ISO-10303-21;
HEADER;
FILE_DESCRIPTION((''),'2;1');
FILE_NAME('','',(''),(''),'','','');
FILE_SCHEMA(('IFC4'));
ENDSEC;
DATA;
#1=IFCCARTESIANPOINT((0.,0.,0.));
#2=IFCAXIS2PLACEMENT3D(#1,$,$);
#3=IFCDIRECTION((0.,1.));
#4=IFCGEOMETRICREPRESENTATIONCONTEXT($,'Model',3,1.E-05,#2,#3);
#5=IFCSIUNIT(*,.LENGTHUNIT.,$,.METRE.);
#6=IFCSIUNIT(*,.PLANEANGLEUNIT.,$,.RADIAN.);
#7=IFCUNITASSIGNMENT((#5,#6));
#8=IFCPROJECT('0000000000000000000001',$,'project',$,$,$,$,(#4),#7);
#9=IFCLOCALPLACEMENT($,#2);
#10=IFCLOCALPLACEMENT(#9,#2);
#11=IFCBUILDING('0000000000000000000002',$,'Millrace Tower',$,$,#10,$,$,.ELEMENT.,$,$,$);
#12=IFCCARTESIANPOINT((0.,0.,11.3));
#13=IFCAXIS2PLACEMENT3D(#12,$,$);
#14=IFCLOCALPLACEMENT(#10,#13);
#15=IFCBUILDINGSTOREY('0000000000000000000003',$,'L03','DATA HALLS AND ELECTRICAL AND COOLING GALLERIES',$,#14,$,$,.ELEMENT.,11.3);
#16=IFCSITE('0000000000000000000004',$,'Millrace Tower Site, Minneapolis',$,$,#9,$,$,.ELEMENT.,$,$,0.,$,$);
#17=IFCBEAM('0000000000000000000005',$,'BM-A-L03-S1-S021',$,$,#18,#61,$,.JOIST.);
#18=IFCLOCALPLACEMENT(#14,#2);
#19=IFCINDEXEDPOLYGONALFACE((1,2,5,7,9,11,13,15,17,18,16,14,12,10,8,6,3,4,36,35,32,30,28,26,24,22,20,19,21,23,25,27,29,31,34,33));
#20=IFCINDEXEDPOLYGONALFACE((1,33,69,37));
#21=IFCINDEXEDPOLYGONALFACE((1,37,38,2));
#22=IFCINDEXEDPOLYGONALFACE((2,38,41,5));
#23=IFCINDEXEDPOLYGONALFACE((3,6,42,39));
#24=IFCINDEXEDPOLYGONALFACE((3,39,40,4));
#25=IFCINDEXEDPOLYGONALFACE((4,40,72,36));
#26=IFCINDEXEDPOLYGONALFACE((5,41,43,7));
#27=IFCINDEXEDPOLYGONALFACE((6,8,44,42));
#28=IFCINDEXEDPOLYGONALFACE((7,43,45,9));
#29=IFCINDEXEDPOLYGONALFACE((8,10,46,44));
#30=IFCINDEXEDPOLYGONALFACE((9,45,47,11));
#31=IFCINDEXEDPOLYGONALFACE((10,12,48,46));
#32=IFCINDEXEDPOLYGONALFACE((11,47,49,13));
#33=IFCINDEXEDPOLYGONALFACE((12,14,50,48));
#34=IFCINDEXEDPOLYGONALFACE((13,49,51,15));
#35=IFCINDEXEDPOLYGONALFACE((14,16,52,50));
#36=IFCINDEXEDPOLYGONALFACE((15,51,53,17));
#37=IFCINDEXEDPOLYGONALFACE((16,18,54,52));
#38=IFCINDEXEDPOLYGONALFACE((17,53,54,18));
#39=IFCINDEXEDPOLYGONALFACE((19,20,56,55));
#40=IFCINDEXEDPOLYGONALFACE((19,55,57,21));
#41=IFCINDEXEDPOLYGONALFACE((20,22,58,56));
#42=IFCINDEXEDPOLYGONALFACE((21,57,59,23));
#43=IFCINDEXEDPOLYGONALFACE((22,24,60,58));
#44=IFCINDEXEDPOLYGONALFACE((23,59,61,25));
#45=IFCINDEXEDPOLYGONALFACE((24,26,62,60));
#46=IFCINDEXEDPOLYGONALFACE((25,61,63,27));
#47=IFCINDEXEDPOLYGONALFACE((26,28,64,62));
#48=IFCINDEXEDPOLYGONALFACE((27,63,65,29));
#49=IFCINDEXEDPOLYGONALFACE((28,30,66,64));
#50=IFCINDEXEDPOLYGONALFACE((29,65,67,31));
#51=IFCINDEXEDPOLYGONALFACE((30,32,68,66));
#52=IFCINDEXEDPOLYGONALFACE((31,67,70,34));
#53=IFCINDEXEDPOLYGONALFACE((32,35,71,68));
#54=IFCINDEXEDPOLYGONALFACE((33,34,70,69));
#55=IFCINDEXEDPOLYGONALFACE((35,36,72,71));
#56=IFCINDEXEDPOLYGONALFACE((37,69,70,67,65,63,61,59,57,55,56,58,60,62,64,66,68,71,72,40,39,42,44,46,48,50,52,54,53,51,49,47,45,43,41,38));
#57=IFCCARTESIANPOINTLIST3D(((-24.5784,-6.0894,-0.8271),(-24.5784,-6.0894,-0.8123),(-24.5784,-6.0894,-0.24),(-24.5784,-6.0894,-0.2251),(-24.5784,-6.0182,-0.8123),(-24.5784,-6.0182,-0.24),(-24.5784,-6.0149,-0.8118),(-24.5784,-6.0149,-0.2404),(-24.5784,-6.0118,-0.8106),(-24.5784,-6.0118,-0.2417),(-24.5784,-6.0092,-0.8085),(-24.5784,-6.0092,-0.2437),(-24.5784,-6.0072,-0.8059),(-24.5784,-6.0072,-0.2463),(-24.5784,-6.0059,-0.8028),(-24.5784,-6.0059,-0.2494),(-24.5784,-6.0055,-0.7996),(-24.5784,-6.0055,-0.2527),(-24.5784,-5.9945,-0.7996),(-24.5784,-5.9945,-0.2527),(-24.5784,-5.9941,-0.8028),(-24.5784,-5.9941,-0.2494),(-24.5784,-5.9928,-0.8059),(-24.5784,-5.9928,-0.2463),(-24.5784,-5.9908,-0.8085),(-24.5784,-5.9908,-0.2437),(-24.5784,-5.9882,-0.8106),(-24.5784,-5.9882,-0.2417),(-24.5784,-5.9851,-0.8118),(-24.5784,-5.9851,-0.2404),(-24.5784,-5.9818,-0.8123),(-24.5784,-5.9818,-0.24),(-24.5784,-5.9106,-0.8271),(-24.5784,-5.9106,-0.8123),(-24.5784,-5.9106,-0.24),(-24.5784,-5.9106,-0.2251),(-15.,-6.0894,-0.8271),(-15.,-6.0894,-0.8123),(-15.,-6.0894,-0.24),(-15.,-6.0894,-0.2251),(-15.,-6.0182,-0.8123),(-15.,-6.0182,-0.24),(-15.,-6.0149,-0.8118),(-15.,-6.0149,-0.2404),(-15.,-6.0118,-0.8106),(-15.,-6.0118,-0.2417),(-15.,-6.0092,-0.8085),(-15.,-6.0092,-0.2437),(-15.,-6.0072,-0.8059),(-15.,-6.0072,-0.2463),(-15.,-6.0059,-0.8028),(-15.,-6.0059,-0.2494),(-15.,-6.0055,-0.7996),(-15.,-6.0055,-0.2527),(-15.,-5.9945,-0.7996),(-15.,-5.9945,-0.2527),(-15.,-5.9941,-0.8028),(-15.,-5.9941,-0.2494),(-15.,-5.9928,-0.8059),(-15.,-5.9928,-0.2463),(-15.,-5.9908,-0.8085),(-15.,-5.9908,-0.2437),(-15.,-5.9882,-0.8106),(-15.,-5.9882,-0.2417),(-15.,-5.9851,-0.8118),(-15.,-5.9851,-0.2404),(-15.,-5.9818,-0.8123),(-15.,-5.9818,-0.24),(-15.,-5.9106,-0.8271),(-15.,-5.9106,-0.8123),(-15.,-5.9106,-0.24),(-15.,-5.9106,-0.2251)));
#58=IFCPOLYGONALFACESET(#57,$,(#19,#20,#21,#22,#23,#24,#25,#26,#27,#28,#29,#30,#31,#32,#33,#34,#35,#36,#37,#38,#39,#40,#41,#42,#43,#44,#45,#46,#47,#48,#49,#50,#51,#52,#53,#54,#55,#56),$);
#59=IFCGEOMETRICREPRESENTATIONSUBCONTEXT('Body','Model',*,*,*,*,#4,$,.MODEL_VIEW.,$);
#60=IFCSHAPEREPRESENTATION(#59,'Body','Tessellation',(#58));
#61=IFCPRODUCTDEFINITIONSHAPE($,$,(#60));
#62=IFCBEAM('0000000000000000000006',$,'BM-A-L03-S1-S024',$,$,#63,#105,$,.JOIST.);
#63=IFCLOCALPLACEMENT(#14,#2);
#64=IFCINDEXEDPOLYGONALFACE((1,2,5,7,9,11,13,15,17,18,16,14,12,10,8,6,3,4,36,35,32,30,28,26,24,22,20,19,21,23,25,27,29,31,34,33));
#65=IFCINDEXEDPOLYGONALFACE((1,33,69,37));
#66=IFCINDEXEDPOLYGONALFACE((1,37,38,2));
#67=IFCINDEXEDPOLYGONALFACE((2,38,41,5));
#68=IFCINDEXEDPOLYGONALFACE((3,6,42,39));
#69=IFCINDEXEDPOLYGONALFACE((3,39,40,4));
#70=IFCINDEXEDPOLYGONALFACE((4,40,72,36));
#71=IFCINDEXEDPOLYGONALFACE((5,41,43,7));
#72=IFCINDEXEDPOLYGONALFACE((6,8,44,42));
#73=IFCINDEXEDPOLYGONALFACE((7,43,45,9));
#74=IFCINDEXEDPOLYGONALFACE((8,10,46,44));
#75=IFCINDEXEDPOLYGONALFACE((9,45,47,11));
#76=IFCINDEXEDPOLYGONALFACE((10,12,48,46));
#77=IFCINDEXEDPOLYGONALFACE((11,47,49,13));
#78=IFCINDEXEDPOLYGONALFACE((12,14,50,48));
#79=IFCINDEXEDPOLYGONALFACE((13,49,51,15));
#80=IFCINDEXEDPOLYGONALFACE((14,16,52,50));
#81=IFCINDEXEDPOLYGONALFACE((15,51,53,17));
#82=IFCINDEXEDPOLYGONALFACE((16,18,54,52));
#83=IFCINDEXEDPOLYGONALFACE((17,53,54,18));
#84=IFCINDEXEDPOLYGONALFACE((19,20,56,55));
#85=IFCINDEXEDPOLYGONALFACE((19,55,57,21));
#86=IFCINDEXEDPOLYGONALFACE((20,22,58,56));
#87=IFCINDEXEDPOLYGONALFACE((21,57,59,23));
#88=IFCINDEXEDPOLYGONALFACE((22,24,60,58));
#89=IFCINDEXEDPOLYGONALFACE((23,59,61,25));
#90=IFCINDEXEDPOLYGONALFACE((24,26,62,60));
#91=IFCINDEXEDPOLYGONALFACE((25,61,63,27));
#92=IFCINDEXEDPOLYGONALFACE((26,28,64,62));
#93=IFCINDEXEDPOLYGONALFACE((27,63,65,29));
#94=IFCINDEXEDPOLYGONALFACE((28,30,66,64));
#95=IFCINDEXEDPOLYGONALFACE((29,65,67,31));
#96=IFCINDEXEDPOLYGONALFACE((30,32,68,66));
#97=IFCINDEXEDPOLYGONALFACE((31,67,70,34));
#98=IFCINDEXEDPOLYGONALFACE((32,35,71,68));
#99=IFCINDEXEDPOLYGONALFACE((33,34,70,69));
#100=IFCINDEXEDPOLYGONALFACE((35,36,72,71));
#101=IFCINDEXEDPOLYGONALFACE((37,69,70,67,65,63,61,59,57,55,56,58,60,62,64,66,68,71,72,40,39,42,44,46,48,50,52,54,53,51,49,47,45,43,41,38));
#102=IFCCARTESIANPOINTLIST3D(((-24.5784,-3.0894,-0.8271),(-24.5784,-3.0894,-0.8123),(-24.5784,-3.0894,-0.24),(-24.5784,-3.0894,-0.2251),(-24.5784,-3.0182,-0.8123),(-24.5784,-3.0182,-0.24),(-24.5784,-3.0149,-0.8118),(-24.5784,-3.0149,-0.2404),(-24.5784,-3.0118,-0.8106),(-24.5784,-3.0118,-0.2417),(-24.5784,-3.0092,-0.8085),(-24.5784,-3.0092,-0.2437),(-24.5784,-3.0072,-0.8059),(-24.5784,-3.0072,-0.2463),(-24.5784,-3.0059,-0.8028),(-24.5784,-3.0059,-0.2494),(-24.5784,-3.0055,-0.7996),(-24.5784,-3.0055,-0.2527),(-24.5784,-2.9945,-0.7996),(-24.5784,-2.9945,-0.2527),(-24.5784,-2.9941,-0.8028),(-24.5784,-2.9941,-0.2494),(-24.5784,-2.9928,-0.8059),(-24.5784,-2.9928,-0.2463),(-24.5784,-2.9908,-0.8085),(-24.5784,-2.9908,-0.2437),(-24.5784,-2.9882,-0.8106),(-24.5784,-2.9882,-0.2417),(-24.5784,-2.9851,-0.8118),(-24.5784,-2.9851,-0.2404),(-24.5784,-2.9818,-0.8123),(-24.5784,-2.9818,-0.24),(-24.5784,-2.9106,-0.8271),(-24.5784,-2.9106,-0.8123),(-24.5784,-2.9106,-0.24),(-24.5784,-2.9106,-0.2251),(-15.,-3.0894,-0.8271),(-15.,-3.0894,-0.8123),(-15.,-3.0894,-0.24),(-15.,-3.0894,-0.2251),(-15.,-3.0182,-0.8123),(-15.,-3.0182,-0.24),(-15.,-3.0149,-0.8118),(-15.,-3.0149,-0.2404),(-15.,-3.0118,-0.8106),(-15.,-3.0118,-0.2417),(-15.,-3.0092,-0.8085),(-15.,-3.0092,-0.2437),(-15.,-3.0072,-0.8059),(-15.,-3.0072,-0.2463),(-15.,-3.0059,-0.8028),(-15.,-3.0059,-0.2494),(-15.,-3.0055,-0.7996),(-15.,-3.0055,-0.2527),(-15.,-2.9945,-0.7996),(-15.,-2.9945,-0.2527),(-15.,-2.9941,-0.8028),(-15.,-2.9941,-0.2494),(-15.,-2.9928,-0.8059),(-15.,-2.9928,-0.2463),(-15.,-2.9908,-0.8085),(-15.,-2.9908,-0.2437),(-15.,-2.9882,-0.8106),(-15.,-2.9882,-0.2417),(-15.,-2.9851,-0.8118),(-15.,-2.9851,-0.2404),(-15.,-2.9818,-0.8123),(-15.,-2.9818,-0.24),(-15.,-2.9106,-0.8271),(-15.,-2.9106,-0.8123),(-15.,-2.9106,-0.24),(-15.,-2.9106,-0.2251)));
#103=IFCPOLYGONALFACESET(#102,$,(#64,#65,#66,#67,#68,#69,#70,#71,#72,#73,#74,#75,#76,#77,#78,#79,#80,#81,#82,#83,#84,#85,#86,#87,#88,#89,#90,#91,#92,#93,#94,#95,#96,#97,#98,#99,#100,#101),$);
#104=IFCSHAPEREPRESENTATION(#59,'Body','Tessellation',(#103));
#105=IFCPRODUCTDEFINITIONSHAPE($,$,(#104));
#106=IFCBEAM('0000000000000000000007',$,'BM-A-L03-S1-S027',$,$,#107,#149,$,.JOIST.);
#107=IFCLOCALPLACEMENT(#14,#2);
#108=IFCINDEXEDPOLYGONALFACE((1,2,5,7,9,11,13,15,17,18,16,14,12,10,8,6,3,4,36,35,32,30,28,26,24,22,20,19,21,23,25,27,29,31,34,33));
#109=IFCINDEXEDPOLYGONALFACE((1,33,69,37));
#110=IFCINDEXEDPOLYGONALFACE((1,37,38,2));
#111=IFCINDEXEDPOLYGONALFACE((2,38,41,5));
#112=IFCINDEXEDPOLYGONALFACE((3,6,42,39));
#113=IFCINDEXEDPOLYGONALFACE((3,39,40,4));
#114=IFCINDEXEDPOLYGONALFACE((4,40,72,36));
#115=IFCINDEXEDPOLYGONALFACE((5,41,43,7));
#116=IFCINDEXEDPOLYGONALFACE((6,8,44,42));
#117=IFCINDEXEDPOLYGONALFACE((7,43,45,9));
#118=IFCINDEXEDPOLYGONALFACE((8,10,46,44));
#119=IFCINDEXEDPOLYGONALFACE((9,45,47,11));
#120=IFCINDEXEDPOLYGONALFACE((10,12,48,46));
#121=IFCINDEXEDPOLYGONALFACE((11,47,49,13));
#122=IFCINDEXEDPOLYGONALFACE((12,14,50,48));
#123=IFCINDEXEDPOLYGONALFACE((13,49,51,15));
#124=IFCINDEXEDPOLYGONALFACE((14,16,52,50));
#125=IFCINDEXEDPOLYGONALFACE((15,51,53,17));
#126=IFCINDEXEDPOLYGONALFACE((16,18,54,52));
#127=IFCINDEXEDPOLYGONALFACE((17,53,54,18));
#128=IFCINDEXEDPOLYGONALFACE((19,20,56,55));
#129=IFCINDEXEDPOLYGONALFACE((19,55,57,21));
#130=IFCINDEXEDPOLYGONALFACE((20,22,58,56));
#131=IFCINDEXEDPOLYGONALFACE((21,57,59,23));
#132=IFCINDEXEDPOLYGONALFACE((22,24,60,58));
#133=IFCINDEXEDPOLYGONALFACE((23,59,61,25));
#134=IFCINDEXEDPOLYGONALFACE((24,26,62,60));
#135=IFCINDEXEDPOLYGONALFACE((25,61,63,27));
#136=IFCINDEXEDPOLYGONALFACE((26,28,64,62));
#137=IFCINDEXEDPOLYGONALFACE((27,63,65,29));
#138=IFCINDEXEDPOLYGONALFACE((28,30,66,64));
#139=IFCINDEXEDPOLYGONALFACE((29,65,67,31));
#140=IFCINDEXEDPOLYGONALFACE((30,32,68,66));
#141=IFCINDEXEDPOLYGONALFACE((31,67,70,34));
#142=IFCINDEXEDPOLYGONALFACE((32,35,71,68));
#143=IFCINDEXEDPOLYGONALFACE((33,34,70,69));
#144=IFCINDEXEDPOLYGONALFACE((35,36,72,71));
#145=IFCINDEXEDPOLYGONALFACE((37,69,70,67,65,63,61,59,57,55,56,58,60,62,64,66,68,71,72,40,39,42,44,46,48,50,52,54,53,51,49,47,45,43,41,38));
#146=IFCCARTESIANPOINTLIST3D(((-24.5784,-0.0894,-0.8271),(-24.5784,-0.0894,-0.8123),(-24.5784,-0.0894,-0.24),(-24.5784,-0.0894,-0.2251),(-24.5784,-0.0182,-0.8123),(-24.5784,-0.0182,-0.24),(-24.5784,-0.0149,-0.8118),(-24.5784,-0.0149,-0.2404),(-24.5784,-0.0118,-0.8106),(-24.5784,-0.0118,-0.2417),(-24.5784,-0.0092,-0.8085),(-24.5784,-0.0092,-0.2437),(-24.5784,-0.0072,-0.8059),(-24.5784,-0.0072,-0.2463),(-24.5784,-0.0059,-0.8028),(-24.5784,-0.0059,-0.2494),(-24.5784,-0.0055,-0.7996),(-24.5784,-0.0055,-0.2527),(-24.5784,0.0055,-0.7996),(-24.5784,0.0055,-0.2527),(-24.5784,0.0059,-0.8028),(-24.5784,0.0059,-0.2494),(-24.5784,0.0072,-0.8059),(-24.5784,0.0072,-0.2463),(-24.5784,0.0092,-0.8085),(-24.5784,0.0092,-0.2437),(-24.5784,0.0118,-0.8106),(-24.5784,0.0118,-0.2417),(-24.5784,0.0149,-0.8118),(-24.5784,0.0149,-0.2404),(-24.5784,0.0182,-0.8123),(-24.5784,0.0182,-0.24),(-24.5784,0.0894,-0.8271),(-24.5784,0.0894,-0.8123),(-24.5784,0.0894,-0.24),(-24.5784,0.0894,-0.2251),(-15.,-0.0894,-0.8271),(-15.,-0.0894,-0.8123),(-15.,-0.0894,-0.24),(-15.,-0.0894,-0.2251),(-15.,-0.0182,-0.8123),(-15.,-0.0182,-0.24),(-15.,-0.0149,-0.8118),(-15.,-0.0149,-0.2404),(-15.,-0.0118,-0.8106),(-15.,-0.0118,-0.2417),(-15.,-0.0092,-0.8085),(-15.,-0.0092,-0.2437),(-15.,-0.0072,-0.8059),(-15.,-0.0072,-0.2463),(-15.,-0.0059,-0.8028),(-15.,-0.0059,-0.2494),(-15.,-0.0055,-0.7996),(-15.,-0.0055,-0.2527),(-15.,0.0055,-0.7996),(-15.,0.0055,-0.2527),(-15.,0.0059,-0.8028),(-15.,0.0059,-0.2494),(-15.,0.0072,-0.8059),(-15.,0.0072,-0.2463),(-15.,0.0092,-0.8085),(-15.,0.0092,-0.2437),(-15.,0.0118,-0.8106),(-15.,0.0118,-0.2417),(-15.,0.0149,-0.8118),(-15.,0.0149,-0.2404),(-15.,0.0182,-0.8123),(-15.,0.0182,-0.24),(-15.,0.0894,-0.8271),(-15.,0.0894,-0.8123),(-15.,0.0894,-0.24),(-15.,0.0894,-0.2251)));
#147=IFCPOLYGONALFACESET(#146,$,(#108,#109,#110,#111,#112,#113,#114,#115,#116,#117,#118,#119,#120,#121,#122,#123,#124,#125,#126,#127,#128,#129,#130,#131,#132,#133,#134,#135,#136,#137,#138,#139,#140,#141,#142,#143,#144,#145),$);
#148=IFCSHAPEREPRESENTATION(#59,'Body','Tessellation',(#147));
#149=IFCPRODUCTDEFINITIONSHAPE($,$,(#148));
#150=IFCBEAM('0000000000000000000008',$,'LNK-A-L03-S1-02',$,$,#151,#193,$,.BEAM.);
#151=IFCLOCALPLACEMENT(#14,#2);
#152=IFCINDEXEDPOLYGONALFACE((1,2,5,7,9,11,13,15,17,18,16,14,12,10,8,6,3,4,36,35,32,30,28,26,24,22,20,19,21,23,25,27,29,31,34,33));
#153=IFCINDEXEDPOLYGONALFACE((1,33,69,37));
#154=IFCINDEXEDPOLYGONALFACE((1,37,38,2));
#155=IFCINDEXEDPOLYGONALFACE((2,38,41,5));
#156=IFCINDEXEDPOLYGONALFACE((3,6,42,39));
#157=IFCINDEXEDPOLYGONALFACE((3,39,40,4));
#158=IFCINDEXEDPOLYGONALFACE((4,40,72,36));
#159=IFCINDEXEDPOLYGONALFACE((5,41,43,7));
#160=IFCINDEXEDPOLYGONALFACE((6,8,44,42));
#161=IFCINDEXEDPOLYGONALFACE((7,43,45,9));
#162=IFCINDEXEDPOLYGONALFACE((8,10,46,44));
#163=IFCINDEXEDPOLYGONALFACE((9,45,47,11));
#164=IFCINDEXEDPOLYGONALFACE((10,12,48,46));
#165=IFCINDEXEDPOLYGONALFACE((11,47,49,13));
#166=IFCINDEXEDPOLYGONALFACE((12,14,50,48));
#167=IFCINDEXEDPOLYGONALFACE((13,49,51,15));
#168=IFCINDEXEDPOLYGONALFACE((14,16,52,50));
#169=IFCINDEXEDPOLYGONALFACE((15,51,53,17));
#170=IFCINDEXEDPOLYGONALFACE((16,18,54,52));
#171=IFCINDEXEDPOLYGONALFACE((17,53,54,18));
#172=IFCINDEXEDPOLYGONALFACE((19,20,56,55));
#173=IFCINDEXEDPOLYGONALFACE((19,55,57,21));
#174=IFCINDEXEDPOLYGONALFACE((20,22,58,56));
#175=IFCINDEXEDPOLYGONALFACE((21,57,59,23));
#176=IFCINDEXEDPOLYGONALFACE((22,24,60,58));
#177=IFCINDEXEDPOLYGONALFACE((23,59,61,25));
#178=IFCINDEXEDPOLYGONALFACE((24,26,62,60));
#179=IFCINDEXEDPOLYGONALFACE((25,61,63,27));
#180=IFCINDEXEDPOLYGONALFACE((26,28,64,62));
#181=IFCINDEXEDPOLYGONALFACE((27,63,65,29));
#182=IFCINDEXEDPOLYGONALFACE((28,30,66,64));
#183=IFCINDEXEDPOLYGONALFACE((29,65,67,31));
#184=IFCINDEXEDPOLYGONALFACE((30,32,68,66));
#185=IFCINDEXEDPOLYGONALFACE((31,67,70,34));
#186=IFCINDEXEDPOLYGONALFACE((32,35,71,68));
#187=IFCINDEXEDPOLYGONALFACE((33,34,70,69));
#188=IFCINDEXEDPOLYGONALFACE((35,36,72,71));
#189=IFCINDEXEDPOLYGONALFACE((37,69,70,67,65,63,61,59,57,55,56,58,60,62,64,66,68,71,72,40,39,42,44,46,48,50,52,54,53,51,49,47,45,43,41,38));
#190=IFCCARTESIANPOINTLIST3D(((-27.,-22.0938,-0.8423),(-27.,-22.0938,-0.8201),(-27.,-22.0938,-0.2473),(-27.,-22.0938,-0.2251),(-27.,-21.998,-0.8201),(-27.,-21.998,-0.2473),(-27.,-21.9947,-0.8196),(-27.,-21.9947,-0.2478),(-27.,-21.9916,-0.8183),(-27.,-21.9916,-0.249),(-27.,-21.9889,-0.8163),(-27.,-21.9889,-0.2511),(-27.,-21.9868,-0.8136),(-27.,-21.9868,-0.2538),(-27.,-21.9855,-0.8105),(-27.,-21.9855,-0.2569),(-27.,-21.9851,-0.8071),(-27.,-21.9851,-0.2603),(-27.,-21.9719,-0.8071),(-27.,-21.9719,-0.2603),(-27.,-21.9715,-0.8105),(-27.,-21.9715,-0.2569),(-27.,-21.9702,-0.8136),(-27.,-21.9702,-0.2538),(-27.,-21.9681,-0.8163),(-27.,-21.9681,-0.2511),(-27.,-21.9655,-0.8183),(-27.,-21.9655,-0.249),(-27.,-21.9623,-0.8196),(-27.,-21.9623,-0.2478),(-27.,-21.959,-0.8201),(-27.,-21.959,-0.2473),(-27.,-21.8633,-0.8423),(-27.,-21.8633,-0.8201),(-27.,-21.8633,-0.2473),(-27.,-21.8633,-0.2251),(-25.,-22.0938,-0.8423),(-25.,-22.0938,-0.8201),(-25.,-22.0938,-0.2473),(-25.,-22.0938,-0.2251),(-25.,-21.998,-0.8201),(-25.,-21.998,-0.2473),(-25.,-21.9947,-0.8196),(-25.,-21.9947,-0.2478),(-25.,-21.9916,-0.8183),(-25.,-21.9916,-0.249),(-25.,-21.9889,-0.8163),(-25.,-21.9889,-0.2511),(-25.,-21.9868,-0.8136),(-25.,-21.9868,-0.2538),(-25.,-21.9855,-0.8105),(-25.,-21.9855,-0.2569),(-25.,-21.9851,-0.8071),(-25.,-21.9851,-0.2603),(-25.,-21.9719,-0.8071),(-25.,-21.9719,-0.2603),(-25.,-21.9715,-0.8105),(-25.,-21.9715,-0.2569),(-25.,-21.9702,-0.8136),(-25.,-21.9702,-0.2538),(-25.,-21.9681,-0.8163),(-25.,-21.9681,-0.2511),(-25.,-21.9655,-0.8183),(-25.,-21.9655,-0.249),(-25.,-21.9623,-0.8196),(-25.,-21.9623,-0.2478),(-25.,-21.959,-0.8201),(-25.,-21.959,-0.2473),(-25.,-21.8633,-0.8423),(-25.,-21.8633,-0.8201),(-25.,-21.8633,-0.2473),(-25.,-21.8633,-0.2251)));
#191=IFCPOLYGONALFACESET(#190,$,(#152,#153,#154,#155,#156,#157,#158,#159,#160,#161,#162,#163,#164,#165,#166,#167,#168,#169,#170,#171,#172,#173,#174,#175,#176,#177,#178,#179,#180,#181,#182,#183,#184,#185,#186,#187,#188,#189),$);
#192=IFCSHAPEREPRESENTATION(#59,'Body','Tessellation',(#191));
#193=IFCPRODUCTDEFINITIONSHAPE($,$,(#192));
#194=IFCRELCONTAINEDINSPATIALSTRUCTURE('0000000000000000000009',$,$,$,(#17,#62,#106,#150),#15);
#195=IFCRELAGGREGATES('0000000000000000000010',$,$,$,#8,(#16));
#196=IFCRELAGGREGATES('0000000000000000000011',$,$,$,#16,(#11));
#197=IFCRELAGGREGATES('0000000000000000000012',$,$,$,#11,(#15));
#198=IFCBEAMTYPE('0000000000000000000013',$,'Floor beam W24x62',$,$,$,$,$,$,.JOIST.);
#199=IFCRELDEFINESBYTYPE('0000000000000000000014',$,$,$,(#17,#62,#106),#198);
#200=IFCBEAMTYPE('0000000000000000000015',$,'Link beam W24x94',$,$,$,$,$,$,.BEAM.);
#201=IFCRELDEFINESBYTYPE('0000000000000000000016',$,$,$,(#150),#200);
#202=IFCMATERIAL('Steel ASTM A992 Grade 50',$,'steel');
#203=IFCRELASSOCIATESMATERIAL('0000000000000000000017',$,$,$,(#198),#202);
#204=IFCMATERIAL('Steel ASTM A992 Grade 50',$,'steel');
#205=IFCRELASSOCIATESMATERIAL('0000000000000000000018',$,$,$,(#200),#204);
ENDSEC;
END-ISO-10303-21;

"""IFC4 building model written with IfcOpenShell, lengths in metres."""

from ifc_helpers import new_model, si_unit, direction, frame, origin, origin_2d, place, context, subcontext, project, spatial, i_section, extrude, material, material_profile, profile_set, type_object, element, save


model = new_model("IFC4")

# Units and contexts
model_context = context("Model", 3, precision=1e-05, world=origin(), true_north=direction((0.0, 1.0)))
body_context = subcontext(model_context, "Body", "Model", "MODEL_VIEW")
ifc_project = project(units=[si_unit("LENGTHUNIT", "METRE"), si_unit("PLANEANGLEUNIT", "RADIAN")], contexts=[model_context])

# Site, building, storey
site_placement = place(None, origin())
site = spatial("IfcSite", under=ifc_project, at=site_placement, Name="Millrace Tower Site, Minneapolis", CompositionType="ELEMENT", RefElevation=0.0)
building_placement = place(site_placement, origin())
building = spatial("IfcBuilding", under=site, at=building_placement, Name="Millrace Tower", CompositionType="ELEMENT")
storey_placement = place(building_placement, frame((0.0, 0.0, 11.3)))
storey = spatial("IfcBuildingStorey", under=building, at=storey_placement, Name="L03", Description="DATA HALLS AND ELECTRICAL AND COOLING GALLERIES", CompositionType="ELEMENT", Elevation=11.3)

# Beams
ifc_material_1 = material(Name="Steel ASTM A992 Grade 50", Category="steel")
ifc_material_profile_1 = material_profile(ifc_material_1, i_section(OverallWidth=0.1787, OverallDepth=0.6021, WebThickness=0.011, FlangeThickness=0.0149, FilletRadius=0.0127, at=origin_2d()))
ifc_profile_set_1 = profile_set([ifc_material_profile_1], Name="Steel ASTM A992 Grade 50")
beam_type_1 = type_object("IfcBeamType", Name="Floor beam W24x62", PredefinedType="JOIST", material=ifc_profile_set_1)
for number, where, z_axis, x_axis, name in (
    (1, (-24.5784, -6.0, -0.5261), (1.0, 0.0, 0.0), (0.0, 1.0, 0.0), "BM-A-L03-S1-S021"),
    (2, (-24.5784, -3.0, -0.5261), (1.0, 0.0, 0.0), (0.0, 1.0, 0.0), "BM-A-L03-S1-S024"),
    (3, (-24.5784, 0.0, -0.5261), (1.0, 0.0, 0.0), (0.0, 1.0, 0.0), "BM-A-L03-S1-S027"),
):
    element("IfcBeam", number, at=place(storey_placement, frame(where, z_axis=z_axis, x_axis=x_axis)), inside=storey, type_object=beam_type_1, Name=name, PredefinedType="JOIST", context=body_context, shape_type="SweptSolid", body=[
        extrude(i_section(OverallWidth=0.1787, OverallDepth=0.6021, WebThickness=0.011, FlangeThickness=0.0149, FilletRadius=0.0127, at=origin_2d()), origin(), (0.0, 0.0, 1.0), 9.5784),
    ])
ifc_material_2 = material(Name="Steel ASTM A992 Grade 50", Category="steel")
ifc_material_profile_2 = material_profile(ifc_material_2, i_section(OverallWidth=0.2305, OverallDepth=0.6172, WebThickness=0.0132, FlangeThickness=0.0222, FilletRadius=0.0129, at=origin_2d()))
ifc_profile_set_2 = profile_set([ifc_material_profile_2], Name="Steel ASTM A992 Grade 50")
beam_type_2 = type_object("IfcBeamType", Name="Link beam W24x94", PredefinedType="BEAM", material=ifc_profile_set_2)
for number, where, z_axis, x_axis, name in (
    (4, (-25.0, -21.9785, -0.5337), (-1.0, 0.0, 0.0), (0.0, -1.0, 0.0), "LNK-A-L03-S1-02"),
):
    element("IfcBeam", number, at=place(storey_placement, frame(where, z_axis=z_axis, x_axis=x_axis)), inside=storey, type_object=beam_type_2, Name=name, PredefinedType="BEAM", context=body_context, shape_type="SweptSolid", body=[
        extrude(i_section(OverallWidth=0.2305, OverallDepth=0.6172, WebThickness=0.0132, FlangeThickness=0.0222, FilletRadius=0.0129, at=origin_2d()), origin(), (0.0, 0.0, 1.0), 2.0),
    ])

save(model, "model.ifc")
